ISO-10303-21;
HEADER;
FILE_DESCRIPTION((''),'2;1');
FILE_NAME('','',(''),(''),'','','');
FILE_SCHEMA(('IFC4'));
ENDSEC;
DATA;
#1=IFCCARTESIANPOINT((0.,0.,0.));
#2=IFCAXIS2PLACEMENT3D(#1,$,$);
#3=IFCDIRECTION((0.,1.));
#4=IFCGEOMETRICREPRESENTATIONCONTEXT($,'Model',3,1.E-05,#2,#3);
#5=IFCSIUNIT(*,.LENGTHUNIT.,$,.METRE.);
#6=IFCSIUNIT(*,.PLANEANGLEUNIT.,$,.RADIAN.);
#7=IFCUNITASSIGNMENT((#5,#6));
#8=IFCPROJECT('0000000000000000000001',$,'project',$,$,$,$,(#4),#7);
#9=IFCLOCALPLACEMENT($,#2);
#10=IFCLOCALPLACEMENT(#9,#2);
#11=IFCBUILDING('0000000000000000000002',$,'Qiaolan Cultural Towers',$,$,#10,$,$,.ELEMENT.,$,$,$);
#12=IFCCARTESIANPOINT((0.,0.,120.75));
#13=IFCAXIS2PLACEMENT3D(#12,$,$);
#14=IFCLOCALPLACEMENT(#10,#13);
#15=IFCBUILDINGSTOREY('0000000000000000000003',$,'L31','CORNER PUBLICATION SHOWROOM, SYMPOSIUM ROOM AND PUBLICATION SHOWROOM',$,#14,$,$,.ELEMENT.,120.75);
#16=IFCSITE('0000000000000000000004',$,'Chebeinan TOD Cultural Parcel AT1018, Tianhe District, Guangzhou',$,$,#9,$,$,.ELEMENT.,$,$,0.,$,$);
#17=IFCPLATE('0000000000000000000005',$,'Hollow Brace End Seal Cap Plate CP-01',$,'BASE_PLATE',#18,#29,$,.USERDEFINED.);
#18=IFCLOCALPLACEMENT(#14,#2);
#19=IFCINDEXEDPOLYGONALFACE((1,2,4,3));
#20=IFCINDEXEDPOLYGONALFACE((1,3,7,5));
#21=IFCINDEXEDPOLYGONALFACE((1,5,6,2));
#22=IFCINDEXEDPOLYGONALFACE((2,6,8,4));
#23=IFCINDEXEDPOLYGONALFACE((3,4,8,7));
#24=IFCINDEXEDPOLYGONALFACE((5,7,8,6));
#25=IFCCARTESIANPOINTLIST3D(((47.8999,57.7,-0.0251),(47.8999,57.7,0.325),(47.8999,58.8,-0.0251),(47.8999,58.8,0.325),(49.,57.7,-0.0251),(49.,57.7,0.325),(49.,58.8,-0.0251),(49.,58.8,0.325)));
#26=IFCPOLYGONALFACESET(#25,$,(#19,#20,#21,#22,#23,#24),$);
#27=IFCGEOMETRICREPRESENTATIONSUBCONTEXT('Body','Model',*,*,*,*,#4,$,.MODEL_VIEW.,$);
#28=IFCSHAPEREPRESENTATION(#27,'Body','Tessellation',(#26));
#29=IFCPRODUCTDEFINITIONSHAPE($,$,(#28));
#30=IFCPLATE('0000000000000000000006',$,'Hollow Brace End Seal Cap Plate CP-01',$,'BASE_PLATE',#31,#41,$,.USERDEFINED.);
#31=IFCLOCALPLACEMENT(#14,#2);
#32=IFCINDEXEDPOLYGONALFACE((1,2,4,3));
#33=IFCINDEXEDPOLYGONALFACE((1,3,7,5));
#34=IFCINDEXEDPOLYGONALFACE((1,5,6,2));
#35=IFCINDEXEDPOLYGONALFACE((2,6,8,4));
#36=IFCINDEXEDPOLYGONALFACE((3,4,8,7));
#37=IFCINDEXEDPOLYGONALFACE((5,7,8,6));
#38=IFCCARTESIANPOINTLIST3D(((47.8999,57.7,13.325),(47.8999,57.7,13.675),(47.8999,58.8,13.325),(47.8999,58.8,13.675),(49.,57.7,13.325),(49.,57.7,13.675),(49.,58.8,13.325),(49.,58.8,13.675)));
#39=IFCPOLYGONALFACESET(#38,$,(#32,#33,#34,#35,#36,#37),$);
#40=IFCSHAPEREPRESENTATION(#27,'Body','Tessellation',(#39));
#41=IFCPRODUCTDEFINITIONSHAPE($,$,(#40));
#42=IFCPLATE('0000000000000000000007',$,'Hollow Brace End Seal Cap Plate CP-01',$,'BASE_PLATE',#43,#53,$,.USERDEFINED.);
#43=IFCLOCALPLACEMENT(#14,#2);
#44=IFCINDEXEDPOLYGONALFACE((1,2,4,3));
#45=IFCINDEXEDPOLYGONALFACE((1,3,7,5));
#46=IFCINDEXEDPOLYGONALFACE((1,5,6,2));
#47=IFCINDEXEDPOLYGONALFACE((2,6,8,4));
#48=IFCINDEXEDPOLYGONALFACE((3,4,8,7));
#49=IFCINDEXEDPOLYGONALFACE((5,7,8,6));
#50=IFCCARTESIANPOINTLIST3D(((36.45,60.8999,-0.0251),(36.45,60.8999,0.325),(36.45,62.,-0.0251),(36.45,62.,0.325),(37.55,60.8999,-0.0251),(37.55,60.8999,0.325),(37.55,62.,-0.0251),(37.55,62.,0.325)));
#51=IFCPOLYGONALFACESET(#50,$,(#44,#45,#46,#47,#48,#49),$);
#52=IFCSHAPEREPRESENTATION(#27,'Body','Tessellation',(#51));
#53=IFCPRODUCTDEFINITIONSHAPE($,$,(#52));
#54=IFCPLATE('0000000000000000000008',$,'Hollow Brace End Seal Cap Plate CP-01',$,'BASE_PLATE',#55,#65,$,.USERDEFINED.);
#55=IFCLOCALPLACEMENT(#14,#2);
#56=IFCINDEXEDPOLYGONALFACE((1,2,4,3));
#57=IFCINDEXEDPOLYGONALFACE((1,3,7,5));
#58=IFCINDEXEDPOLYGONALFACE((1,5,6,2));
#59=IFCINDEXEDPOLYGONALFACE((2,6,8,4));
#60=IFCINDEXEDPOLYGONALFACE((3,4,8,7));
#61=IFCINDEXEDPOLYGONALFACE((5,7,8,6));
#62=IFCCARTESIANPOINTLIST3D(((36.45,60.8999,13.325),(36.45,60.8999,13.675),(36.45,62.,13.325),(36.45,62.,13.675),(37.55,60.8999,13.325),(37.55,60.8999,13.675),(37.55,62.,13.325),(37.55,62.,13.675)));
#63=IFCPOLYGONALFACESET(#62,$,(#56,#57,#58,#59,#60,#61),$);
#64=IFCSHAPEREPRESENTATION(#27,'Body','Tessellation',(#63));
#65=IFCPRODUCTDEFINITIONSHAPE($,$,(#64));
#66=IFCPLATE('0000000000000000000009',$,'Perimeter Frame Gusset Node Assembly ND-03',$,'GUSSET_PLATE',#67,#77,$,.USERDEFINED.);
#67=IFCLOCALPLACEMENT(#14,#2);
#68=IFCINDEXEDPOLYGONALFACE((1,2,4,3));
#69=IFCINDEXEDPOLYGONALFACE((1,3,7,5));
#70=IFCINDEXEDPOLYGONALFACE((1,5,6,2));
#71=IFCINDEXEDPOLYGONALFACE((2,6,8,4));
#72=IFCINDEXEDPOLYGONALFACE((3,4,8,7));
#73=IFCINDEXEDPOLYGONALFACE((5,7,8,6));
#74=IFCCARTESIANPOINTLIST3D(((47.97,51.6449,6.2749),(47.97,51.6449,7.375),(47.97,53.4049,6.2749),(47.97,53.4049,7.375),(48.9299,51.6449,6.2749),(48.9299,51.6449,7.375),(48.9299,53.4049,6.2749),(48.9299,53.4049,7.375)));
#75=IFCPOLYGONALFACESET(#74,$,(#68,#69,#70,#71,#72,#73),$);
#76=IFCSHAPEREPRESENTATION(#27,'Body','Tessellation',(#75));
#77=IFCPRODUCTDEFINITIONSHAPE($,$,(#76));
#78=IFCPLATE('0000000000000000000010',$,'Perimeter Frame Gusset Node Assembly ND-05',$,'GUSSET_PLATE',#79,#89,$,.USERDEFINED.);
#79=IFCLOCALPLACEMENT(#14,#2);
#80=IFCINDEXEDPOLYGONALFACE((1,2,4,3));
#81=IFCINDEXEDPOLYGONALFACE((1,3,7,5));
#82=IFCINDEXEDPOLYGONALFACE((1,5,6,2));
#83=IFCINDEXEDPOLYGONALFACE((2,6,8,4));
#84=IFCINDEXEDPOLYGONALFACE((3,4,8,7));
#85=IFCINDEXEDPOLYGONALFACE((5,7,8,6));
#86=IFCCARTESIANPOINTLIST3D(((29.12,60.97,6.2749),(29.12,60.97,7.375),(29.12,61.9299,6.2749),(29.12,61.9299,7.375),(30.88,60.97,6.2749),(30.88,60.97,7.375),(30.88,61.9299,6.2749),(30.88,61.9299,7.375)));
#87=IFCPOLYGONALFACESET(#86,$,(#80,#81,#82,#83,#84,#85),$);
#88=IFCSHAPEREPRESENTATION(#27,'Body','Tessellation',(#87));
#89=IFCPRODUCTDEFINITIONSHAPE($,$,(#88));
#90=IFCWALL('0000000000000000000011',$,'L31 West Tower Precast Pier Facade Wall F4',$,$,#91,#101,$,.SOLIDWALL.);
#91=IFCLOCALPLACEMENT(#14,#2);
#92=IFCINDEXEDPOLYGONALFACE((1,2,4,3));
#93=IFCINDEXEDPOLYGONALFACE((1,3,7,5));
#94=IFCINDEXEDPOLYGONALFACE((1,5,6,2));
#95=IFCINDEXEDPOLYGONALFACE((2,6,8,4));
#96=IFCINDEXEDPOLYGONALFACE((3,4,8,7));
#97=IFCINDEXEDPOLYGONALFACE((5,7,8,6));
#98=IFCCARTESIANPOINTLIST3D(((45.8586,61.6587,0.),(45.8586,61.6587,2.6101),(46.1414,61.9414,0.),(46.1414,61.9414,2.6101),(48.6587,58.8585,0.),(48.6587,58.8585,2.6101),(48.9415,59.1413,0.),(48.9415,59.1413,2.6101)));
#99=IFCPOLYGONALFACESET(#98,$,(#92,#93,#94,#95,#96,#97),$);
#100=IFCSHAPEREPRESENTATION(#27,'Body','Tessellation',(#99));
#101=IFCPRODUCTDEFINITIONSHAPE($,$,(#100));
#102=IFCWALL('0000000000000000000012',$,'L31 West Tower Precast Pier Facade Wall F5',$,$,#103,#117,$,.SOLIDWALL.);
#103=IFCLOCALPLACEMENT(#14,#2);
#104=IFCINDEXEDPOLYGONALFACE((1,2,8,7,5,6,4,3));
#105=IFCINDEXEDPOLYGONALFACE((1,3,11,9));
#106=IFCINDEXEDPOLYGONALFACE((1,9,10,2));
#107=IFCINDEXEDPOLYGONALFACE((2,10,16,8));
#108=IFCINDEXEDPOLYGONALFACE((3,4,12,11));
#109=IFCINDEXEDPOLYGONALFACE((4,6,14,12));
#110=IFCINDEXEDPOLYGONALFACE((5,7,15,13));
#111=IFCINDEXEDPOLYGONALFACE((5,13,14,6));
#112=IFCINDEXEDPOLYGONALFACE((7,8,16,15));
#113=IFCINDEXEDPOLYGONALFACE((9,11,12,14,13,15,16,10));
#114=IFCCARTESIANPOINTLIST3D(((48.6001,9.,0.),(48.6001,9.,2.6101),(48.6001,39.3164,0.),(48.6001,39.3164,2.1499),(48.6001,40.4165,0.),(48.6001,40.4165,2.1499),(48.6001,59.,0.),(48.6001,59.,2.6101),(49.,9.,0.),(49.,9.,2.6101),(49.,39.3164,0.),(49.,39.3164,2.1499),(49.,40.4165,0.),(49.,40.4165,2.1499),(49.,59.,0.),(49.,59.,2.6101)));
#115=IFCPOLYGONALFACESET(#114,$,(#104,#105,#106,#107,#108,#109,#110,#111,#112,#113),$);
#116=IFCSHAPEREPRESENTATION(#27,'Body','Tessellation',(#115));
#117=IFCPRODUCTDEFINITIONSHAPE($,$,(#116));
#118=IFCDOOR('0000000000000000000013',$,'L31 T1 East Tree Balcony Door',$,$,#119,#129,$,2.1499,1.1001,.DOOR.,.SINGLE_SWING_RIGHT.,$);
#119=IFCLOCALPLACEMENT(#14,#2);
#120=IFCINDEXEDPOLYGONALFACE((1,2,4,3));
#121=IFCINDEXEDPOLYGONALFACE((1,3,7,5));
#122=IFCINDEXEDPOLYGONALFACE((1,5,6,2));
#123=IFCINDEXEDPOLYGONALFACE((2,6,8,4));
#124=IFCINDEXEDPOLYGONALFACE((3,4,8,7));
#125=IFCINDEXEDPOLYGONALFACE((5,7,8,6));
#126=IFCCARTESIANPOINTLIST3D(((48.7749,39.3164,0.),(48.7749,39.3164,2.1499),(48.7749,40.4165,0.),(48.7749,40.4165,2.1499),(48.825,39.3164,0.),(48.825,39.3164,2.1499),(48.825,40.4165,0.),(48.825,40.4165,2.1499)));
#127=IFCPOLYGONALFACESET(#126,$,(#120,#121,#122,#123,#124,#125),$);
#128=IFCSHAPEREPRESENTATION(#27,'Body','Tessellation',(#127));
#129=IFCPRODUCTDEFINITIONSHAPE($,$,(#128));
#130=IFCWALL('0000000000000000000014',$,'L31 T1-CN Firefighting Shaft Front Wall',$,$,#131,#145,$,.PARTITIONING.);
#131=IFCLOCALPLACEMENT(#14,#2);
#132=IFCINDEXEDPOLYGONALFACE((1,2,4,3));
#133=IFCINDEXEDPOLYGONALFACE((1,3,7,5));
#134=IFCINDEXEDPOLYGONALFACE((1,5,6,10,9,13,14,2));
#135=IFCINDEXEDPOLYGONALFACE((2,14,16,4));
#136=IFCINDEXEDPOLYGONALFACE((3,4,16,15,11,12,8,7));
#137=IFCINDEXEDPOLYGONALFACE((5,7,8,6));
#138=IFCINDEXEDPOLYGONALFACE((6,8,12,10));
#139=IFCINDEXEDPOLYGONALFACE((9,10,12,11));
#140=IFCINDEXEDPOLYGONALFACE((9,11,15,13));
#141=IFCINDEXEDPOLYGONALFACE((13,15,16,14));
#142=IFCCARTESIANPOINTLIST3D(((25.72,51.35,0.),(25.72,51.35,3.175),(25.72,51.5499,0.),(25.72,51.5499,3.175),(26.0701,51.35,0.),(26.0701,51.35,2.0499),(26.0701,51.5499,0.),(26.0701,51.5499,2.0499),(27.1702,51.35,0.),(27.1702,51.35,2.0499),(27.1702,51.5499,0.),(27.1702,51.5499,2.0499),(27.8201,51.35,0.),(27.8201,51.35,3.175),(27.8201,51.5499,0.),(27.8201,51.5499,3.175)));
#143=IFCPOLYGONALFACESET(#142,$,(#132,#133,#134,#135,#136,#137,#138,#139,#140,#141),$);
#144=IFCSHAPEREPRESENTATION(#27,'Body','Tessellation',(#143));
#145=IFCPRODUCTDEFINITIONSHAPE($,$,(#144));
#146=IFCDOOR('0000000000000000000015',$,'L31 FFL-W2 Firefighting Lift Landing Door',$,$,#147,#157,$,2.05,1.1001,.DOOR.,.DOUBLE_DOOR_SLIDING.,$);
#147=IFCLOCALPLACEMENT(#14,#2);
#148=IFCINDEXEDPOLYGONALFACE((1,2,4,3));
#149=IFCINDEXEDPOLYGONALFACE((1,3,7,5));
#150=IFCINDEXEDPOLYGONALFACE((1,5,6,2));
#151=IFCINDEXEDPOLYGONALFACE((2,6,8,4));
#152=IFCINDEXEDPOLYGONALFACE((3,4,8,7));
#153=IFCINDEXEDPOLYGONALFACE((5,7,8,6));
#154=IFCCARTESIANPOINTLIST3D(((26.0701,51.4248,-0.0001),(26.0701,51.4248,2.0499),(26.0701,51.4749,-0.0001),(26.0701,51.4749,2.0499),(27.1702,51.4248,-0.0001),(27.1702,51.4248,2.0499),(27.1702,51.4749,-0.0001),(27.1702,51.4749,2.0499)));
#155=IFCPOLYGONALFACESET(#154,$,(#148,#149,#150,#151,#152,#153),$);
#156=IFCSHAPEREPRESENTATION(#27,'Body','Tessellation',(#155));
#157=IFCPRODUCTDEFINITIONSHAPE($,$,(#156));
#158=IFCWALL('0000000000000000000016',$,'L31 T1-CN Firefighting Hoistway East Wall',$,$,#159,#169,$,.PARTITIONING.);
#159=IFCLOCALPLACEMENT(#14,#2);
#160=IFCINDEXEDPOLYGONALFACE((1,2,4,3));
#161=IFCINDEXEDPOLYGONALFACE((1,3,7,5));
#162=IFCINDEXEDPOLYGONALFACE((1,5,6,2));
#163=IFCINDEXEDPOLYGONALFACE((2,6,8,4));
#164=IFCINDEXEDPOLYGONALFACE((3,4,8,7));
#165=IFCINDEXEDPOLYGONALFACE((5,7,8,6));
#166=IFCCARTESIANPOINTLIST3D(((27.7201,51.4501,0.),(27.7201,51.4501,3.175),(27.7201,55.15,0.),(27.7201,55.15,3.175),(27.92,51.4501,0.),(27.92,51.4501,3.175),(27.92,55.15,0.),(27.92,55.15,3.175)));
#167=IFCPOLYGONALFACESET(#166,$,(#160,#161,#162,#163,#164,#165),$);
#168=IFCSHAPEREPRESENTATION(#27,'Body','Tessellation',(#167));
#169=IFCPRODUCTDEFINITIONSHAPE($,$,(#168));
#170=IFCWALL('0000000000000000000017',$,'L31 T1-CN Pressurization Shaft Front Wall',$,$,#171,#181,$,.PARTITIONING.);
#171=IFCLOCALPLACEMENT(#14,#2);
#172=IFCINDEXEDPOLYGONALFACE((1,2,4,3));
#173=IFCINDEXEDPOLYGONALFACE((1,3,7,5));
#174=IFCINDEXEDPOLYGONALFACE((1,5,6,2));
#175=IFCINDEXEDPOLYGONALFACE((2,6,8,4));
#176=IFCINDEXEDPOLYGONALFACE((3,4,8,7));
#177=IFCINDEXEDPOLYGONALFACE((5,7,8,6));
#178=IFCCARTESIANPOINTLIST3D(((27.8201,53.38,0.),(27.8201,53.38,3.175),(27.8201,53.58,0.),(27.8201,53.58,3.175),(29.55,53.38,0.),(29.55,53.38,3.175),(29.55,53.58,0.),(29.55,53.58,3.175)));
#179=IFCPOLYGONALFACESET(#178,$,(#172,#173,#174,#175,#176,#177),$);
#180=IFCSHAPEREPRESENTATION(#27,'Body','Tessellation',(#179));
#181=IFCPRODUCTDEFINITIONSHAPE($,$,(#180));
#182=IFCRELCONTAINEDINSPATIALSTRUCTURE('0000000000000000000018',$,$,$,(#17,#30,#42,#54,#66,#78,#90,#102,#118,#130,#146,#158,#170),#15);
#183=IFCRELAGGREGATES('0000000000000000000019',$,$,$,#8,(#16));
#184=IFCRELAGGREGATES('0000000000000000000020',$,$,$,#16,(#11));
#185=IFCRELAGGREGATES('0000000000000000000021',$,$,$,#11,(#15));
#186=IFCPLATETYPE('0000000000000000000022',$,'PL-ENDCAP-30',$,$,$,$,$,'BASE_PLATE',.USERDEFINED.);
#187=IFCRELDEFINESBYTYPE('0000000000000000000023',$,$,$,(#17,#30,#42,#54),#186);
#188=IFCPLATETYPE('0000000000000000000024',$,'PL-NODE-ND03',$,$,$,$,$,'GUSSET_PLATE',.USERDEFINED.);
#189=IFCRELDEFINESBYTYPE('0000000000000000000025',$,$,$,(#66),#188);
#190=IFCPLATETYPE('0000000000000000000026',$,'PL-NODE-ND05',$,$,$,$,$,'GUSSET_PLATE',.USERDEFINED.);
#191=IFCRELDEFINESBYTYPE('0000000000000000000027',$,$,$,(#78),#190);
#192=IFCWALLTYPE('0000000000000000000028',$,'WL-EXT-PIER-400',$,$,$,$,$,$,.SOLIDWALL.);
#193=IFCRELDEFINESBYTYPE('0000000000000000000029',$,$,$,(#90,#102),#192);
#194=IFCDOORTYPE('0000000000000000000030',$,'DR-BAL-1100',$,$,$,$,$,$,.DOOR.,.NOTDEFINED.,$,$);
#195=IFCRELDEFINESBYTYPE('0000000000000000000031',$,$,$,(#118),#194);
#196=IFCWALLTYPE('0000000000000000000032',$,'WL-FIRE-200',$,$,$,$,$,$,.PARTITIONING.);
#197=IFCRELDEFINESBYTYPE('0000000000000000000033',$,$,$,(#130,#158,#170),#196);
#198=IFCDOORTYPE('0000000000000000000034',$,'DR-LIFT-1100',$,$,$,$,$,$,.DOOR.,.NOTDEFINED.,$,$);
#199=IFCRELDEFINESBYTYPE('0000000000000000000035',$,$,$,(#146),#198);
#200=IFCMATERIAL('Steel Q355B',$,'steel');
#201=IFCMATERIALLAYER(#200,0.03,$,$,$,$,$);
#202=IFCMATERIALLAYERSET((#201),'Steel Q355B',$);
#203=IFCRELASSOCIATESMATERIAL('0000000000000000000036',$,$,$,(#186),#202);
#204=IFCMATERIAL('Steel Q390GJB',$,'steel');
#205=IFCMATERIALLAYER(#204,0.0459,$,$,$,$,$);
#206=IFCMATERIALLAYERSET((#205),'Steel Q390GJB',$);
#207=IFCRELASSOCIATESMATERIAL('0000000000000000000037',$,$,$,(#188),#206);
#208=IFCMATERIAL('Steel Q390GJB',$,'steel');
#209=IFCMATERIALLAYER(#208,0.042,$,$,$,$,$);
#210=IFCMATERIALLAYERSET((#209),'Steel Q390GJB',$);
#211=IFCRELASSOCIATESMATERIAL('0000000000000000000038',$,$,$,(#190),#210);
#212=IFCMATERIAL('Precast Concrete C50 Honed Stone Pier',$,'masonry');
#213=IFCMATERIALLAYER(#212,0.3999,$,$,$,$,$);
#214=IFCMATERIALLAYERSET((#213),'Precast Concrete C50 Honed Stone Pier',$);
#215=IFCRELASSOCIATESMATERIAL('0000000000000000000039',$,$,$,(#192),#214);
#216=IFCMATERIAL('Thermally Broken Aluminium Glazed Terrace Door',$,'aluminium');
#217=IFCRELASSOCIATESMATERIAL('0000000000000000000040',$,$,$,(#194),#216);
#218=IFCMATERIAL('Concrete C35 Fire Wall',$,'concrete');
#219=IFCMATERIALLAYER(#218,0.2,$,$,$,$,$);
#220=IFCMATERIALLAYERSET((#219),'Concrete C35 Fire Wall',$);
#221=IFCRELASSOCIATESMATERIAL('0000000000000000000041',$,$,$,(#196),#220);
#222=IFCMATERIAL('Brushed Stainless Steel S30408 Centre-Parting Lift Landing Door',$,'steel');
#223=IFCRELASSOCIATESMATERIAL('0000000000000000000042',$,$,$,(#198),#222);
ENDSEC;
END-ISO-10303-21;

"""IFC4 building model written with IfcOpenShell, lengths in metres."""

from ifc_helpers import new_model, si_unit, direction, frame, frame_2d, origin, origin_2d, place, context, subcontext, project, spatial, rectangle, extrude, material, layer, layer_set, type_object, element, fill, save


model = new_model("IFC4")

# Units and contexts
model_context = context("Model", 3, precision=1e-05, world=origin(), true_north=direction((0.0, 1.0)))
body_context = subcontext(model_context, "Body", "Model", "MODEL_VIEW")
ifc_project = project(units=[si_unit("LENGTHUNIT", "METRE"), si_unit("PLANEANGLEUNIT", "RADIAN")], contexts=[model_context])

# Site, building, storey
site_placement = place(None, origin())
site = spatial("IfcSite", under=ifc_project, at=site_placement, Name="Chebeinan TOD Cultural Parcel AT1018, Tianhe District, Guangzhou", CompositionType="ELEMENT", RefElevation=0.0)
building_placement = place(site_placement, origin())
building = spatial("IfcBuilding", under=site, at=building_placement, Name="Qiaolan Cultural Towers", CompositionType="ELEMENT")
storey_placement = place(building_placement, frame((0.0, 0.0, 120.75)))
storey = spatial("IfcBuildingStorey", under=building, at=storey_placement, Name="L31", Description="CORNER PUBLICATION SHOWROOM, SYMPOSIUM ROOM AND PUBLICATION SHOWROOM", CompositionType="ELEMENT", Elevation=120.75)

# Plates
ifc_material_1 = material(Name="Steel Q355B", Category="steel")
ifc_layer_1 = layer(ifc_material_1, 0.03)
ifc_layer_set_1 = layer_set([ifc_layer_1], Name="Steel Q355B")
plate_type_1 = type_object("IfcPlateType", Name="PL-ENDCAP-30", ElementType="BASE_PLATE", PredefinedType="USERDEFINED", material=ifc_layer_set_1)
for number, where, z_axis, x_axis, name in (
    (1, (48.45, 58.25, -0.0251), (0.0, 0.0, 1.0), (0.0, 1.0, 0.0), "Hollow Brace End Seal Cap Plate CP-01"),
    (2, (48.45, 58.25, 13.325), (0.0, 0.0, 1.0), (0.0, 1.0, 0.0), "Hollow Brace End Seal Cap Plate CP-01"),
    (3, (37.0, 61.45, -0.0251), (0.0, 0.0, 1.0), (1.0, 0.0, 0.0), "Hollow Brace End Seal Cap Plate CP-01"),
    (4, (37.0, 61.45, 13.325), (0.0, 0.0, 1.0), (1.0, 0.0, 0.0), "Hollow Brace End Seal Cap Plate CP-01"),
):
    element("IfcPlate", number, at=place(storey_placement, frame(where, z_axis=z_axis, x_axis=x_axis)), inside=storey, type_object=plate_type_1, Name=name, ObjectType="BASE_PLATE", PredefinedType="USERDEFINED", context=body_context, shape_type="SweptSolid", body=[
        extrude(rectangle(XDim=1.1001, YDim=1.1001, at=origin_2d()), origin(), (0.0, 0.0, 1.0), 0.3501),
    ])
ifc_material_2 = material(Name="Steel Q390GJB", Category="steel")
ifc_layer_2 = layer(ifc_material_2, 0.0459)
ifc_layer_set_2 = layer_set([ifc_layer_2], Name="Steel Q390GJB")
plate_type_2 = type_object("IfcPlateType", Name="PL-NODE-ND03", ElementType="GUSSET_PLATE", PredefinedType="USERDEFINED", material=ifc_layer_set_2)
plate_1_placement = place(storey_placement, frame((48.45, 52.5249, 6.2749), z_axis=(0.0, 0.0, 1.0), x_axis=(0.0, 1.0, 0.0)))
element("IfcPlate", 5, at=plate_1_placement, inside=storey, type_object=plate_type_2, Name="Perimeter Frame Gusset Node Assembly ND-03", ObjectType="GUSSET_PLATE", PredefinedType="USERDEFINED", context=body_context, shape_type="SweptSolid", body=[
    extrude(rectangle(XDim=1.76, YDim=0.96, at=origin_2d()), origin(), (0.0, 0.0, 1.0), 1.1001),
])
ifc_material_3 = material(Name="Steel Q390GJB", Category="steel")
ifc_layer_3 = layer(ifc_material_3, 0.042)
ifc_layer_set_3 = layer_set([ifc_layer_3], Name="Steel Q390GJB")
plate_type_3 = type_object("IfcPlateType", Name="PL-NODE-ND05", ElementType="GUSSET_PLATE", PredefinedType="USERDEFINED", material=ifc_layer_set_3)
plate_2_placement = place(storey_placement, frame((30.0, 61.45, 6.2749), z_axis=(0.0, 0.0, 1.0), x_axis=(1.0, 0.0, 0.0)))
element("IfcPlate", 6, at=plate_2_placement, inside=storey, type_object=plate_type_3, Name="Perimeter Frame Gusset Node Assembly ND-05", ObjectType="GUSSET_PLATE", PredefinedType="USERDEFINED", context=body_context, shape_type="SweptSolid", body=[
    extrude(rectangle(XDim=1.76, YDim=0.96, at=origin_2d()), origin(), (0.0, 0.0, 1.0), 1.1001),
])

# Wall
ifc_material_4 = material(Name="Precast Concrete C50 Honed Stone Pier", Category="masonry")
ifc_layer_4 = layer(ifc_material_4, 0.3999)
ifc_layer_set_4 = layer_set([ifc_layer_4], Name="Precast Concrete C50 Honed Stone Pier")
wall_type_1 = type_object("IfcWallType", Name="WL-EXT-PIER-400", PredefinedType="SOLIDWALL", material=ifc_layer_set_4)
wall_1_placement = place(storey_placement, frame((46.0, 61.8, 0.0), z_axis=(0.0, 0.0, 1.0), x_axis=(0.707107, -0.707107, 0.0)))
element("IfcWall", 7, at=wall_1_placement, inside=storey, type_object=wall_type_1, Name="L31 West Tower Precast Pier Facade Wall F4", PredefinedType="SOLIDWALL", context=body_context, shape_type="SweptSolid", body=[
    extrude(rectangle(XDim=3.96, YDim=0.3999, at=frame_2d((1.98, 0.0))), origin(), (0.0, 0.0, 1.0), 2.6101),
])

# Walls, openings, doors
wall_2_placement = place(storey_placement, frame((48.8, 59.0, 0.0), z_axis=(0.0, 0.0, 1.0), x_axis=(0.0, -1.0, 0.0)))
wall_2 = element("IfcWall", 8, at=wall_2_placement, inside=storey, type_object=wall_type_1, Name="L31 West Tower Precast Pier Facade Wall F5", PredefinedType="SOLIDWALL", context=body_context, shape_type="SweptSolid", body=[
    extrude(rectangle(XDim=50.0, YDim=0.3999, at=frame_2d((25.0, 0.0))), origin(), (0.0, 0.0, 1.0), 2.6101),
])
opening_1_placement = place(wall_2_placement, frame((18.5835, 0.0, 0.0)))
opening_1 = element("IfcOpeningElement", 9, at=opening_1_placement, cuts=wall_2, PredefinedType="OPENING", context=body_context, shape_type="SweptSolid", body=[
    extrude(rectangle(XDim=1.1001, YDim=2.1499, at=frame_2d((0.55, 1.075))), frame((0.0, 0.21, 0.0), z_axis=(0.0, -1.0, 0.0), x_axis=(1.0, 0.0, 0.0)), (0.0, 0.0, 1.0), 0.4199),
])
ifc_material_5 = material(Name="Thermally Broken Aluminium Glazed Terrace Door", Category="aluminium")
door_type_1 = type_object("IfcDoorType", Name="DR-BAL-1100", OperationType="NOTDEFINED", PredefinedType="DOOR", material=ifc_material_5)
door_1_placement = place(opening_1_placement, origin())
door_1 = element("IfcDoor", 10, at=door_1_placement, inside=storey, type_object=door_type_1, Name="L31 T1 East Tree Balcony Door", OperationType="SINGLE_SWING_RIGHT", OverallHeight=2.1499, OverallWidth=1.1001, PredefinedType="DOOR", context=body_context, shape_type="SweptSolid", body=[
    extrude(rectangle(XDim=1.1001, YDim=2.1499, at=frame_2d((0.55, 1.075))), frame((0.0, 0.0249, 0.0), z_axis=(0.0, -1.0, 0.0), x_axis=(1.0, 0.0, 0.0)), (0.0, 0.0, 1.0), 0.05),
])
fill(opening_1, door_1)
ifc_material_6 = material(Name="Concrete C35 Fire Wall", Category="concrete")
ifc_layer_5 = layer(ifc_material_6, 0.2)
ifc_layer_set_5 = layer_set([ifc_layer_5], Name="Concrete C35 Fire Wall")
wall_type_2 = type_object("IfcWallType", Name="WL-FIRE-200", PredefinedType="PARTITIONING", material=ifc_layer_set_5)
wall_3_placement = place(storey_placement, frame((25.72, 51.45, 0.0), z_axis=(0.0, 0.0, 1.0), x_axis=(1.0, 0.0, 0.0)))
wall_3 = element("IfcWall", 11, at=wall_3_placement, inside=storey, type_object=wall_type_2, Name="L31 T1-CN Firefighting Shaft Front Wall", PredefinedType="PARTITIONING", context=body_context, shape_type="SweptSolid", body=[
    extrude(rectangle(XDim=2.1001, YDim=0.2, at=frame_2d((1.05, 0.0))), origin(), (0.0, 0.0, 1.0), 3.175),
])
opening_2_placement = place(wall_3_placement, frame((0.3501, 0.0, 0.0)))
opening_2 = element("IfcOpeningElement", 12, at=opening_2_placement, cuts=wall_3, PredefinedType="OPENING", context=body_context, shape_type="SweptSolid", body=[
    extrude(rectangle(XDim=1.1001, YDim=2.05, at=frame_2d((0.55, 1.0249))), frame((0.0, 0.1099, 0.0), z_axis=(0.0, -1.0, 0.0), x_axis=(1.0, 0.0, 0.0)), (0.0, 0.0, 1.0), 0.22),
])
ifc_material_7 = material(Name="Brushed Stainless Steel S30408 Centre-Parting Lift Landing Door", Category="steel")
door_type_2 = type_object("IfcDoorType", Name="DR-LIFT-1100", OperationType="NOTDEFINED", PredefinedType="DOOR", material=ifc_material_7)
door_2_placement = place(opening_2_placement, origin())
door_2 = element("IfcDoor", 13, at=door_2_placement, inside=storey, type_object=door_type_2, Name="L31 FFL-W2 Firefighting Lift Landing Door", OperationType="DOUBLE_DOOR_SLIDING", OverallHeight=2.05, OverallWidth=1.1001, PredefinedType="DOOR", context=body_context, shape_type="SweptSolid", body=[
    extrude(rectangle(XDim=1.1001, YDim=2.05, at=frame_2d((0.55, 1.0249))), frame((0.0, 0.0249, 0.0), z_axis=(0.0, -1.0, 0.0), x_axis=(1.0, 0.0, 0.0)), (0.0, 0.0, 1.0), 0.05),
])
fill(opening_2, door_2)

# Walls
wall_4_placement = place(storey_placement, frame((27.8201, 51.45, 0.0), z_axis=(0.0, 0.0, 1.0), x_axis=(0.0, 1.0, 0.0)))
element("IfcWall", 14, at=wall_4_placement, inside=storey, type_object=wall_type_2, Name="L31 T1-CN Firefighting Hoistway East Wall", PredefinedType="PARTITIONING", context=body_context, shape_type="SweptSolid", body=[
    extrude(rectangle(XDim=3.7, YDim=0.2, at=frame_2d((1.8501, 0.0))), origin(), (0.0, 0.0, 1.0), 3.175),
])
wall_5_placement = place(storey_placement, frame((27.8201, 53.48, 0.0), z_axis=(0.0, 0.0, 1.0), x_axis=(1.0, 0.0, 0.0)))
element("IfcWall", 15, at=wall_5_placement, inside=storey, type_object=wall_type_2, Name="L31 T1-CN Pressurization Shaft Front Wall", PredefinedType="PARTITIONING", context=body_context, shape_type="SweptSolid", body=[
    extrude(rectangle(XDim=1.73, YDim=0.2, at=frame_2d((0.865, 0.0))), origin(), (0.0, 0.0, 1.0), 3.175),
])

save(model, "model.ifc")
